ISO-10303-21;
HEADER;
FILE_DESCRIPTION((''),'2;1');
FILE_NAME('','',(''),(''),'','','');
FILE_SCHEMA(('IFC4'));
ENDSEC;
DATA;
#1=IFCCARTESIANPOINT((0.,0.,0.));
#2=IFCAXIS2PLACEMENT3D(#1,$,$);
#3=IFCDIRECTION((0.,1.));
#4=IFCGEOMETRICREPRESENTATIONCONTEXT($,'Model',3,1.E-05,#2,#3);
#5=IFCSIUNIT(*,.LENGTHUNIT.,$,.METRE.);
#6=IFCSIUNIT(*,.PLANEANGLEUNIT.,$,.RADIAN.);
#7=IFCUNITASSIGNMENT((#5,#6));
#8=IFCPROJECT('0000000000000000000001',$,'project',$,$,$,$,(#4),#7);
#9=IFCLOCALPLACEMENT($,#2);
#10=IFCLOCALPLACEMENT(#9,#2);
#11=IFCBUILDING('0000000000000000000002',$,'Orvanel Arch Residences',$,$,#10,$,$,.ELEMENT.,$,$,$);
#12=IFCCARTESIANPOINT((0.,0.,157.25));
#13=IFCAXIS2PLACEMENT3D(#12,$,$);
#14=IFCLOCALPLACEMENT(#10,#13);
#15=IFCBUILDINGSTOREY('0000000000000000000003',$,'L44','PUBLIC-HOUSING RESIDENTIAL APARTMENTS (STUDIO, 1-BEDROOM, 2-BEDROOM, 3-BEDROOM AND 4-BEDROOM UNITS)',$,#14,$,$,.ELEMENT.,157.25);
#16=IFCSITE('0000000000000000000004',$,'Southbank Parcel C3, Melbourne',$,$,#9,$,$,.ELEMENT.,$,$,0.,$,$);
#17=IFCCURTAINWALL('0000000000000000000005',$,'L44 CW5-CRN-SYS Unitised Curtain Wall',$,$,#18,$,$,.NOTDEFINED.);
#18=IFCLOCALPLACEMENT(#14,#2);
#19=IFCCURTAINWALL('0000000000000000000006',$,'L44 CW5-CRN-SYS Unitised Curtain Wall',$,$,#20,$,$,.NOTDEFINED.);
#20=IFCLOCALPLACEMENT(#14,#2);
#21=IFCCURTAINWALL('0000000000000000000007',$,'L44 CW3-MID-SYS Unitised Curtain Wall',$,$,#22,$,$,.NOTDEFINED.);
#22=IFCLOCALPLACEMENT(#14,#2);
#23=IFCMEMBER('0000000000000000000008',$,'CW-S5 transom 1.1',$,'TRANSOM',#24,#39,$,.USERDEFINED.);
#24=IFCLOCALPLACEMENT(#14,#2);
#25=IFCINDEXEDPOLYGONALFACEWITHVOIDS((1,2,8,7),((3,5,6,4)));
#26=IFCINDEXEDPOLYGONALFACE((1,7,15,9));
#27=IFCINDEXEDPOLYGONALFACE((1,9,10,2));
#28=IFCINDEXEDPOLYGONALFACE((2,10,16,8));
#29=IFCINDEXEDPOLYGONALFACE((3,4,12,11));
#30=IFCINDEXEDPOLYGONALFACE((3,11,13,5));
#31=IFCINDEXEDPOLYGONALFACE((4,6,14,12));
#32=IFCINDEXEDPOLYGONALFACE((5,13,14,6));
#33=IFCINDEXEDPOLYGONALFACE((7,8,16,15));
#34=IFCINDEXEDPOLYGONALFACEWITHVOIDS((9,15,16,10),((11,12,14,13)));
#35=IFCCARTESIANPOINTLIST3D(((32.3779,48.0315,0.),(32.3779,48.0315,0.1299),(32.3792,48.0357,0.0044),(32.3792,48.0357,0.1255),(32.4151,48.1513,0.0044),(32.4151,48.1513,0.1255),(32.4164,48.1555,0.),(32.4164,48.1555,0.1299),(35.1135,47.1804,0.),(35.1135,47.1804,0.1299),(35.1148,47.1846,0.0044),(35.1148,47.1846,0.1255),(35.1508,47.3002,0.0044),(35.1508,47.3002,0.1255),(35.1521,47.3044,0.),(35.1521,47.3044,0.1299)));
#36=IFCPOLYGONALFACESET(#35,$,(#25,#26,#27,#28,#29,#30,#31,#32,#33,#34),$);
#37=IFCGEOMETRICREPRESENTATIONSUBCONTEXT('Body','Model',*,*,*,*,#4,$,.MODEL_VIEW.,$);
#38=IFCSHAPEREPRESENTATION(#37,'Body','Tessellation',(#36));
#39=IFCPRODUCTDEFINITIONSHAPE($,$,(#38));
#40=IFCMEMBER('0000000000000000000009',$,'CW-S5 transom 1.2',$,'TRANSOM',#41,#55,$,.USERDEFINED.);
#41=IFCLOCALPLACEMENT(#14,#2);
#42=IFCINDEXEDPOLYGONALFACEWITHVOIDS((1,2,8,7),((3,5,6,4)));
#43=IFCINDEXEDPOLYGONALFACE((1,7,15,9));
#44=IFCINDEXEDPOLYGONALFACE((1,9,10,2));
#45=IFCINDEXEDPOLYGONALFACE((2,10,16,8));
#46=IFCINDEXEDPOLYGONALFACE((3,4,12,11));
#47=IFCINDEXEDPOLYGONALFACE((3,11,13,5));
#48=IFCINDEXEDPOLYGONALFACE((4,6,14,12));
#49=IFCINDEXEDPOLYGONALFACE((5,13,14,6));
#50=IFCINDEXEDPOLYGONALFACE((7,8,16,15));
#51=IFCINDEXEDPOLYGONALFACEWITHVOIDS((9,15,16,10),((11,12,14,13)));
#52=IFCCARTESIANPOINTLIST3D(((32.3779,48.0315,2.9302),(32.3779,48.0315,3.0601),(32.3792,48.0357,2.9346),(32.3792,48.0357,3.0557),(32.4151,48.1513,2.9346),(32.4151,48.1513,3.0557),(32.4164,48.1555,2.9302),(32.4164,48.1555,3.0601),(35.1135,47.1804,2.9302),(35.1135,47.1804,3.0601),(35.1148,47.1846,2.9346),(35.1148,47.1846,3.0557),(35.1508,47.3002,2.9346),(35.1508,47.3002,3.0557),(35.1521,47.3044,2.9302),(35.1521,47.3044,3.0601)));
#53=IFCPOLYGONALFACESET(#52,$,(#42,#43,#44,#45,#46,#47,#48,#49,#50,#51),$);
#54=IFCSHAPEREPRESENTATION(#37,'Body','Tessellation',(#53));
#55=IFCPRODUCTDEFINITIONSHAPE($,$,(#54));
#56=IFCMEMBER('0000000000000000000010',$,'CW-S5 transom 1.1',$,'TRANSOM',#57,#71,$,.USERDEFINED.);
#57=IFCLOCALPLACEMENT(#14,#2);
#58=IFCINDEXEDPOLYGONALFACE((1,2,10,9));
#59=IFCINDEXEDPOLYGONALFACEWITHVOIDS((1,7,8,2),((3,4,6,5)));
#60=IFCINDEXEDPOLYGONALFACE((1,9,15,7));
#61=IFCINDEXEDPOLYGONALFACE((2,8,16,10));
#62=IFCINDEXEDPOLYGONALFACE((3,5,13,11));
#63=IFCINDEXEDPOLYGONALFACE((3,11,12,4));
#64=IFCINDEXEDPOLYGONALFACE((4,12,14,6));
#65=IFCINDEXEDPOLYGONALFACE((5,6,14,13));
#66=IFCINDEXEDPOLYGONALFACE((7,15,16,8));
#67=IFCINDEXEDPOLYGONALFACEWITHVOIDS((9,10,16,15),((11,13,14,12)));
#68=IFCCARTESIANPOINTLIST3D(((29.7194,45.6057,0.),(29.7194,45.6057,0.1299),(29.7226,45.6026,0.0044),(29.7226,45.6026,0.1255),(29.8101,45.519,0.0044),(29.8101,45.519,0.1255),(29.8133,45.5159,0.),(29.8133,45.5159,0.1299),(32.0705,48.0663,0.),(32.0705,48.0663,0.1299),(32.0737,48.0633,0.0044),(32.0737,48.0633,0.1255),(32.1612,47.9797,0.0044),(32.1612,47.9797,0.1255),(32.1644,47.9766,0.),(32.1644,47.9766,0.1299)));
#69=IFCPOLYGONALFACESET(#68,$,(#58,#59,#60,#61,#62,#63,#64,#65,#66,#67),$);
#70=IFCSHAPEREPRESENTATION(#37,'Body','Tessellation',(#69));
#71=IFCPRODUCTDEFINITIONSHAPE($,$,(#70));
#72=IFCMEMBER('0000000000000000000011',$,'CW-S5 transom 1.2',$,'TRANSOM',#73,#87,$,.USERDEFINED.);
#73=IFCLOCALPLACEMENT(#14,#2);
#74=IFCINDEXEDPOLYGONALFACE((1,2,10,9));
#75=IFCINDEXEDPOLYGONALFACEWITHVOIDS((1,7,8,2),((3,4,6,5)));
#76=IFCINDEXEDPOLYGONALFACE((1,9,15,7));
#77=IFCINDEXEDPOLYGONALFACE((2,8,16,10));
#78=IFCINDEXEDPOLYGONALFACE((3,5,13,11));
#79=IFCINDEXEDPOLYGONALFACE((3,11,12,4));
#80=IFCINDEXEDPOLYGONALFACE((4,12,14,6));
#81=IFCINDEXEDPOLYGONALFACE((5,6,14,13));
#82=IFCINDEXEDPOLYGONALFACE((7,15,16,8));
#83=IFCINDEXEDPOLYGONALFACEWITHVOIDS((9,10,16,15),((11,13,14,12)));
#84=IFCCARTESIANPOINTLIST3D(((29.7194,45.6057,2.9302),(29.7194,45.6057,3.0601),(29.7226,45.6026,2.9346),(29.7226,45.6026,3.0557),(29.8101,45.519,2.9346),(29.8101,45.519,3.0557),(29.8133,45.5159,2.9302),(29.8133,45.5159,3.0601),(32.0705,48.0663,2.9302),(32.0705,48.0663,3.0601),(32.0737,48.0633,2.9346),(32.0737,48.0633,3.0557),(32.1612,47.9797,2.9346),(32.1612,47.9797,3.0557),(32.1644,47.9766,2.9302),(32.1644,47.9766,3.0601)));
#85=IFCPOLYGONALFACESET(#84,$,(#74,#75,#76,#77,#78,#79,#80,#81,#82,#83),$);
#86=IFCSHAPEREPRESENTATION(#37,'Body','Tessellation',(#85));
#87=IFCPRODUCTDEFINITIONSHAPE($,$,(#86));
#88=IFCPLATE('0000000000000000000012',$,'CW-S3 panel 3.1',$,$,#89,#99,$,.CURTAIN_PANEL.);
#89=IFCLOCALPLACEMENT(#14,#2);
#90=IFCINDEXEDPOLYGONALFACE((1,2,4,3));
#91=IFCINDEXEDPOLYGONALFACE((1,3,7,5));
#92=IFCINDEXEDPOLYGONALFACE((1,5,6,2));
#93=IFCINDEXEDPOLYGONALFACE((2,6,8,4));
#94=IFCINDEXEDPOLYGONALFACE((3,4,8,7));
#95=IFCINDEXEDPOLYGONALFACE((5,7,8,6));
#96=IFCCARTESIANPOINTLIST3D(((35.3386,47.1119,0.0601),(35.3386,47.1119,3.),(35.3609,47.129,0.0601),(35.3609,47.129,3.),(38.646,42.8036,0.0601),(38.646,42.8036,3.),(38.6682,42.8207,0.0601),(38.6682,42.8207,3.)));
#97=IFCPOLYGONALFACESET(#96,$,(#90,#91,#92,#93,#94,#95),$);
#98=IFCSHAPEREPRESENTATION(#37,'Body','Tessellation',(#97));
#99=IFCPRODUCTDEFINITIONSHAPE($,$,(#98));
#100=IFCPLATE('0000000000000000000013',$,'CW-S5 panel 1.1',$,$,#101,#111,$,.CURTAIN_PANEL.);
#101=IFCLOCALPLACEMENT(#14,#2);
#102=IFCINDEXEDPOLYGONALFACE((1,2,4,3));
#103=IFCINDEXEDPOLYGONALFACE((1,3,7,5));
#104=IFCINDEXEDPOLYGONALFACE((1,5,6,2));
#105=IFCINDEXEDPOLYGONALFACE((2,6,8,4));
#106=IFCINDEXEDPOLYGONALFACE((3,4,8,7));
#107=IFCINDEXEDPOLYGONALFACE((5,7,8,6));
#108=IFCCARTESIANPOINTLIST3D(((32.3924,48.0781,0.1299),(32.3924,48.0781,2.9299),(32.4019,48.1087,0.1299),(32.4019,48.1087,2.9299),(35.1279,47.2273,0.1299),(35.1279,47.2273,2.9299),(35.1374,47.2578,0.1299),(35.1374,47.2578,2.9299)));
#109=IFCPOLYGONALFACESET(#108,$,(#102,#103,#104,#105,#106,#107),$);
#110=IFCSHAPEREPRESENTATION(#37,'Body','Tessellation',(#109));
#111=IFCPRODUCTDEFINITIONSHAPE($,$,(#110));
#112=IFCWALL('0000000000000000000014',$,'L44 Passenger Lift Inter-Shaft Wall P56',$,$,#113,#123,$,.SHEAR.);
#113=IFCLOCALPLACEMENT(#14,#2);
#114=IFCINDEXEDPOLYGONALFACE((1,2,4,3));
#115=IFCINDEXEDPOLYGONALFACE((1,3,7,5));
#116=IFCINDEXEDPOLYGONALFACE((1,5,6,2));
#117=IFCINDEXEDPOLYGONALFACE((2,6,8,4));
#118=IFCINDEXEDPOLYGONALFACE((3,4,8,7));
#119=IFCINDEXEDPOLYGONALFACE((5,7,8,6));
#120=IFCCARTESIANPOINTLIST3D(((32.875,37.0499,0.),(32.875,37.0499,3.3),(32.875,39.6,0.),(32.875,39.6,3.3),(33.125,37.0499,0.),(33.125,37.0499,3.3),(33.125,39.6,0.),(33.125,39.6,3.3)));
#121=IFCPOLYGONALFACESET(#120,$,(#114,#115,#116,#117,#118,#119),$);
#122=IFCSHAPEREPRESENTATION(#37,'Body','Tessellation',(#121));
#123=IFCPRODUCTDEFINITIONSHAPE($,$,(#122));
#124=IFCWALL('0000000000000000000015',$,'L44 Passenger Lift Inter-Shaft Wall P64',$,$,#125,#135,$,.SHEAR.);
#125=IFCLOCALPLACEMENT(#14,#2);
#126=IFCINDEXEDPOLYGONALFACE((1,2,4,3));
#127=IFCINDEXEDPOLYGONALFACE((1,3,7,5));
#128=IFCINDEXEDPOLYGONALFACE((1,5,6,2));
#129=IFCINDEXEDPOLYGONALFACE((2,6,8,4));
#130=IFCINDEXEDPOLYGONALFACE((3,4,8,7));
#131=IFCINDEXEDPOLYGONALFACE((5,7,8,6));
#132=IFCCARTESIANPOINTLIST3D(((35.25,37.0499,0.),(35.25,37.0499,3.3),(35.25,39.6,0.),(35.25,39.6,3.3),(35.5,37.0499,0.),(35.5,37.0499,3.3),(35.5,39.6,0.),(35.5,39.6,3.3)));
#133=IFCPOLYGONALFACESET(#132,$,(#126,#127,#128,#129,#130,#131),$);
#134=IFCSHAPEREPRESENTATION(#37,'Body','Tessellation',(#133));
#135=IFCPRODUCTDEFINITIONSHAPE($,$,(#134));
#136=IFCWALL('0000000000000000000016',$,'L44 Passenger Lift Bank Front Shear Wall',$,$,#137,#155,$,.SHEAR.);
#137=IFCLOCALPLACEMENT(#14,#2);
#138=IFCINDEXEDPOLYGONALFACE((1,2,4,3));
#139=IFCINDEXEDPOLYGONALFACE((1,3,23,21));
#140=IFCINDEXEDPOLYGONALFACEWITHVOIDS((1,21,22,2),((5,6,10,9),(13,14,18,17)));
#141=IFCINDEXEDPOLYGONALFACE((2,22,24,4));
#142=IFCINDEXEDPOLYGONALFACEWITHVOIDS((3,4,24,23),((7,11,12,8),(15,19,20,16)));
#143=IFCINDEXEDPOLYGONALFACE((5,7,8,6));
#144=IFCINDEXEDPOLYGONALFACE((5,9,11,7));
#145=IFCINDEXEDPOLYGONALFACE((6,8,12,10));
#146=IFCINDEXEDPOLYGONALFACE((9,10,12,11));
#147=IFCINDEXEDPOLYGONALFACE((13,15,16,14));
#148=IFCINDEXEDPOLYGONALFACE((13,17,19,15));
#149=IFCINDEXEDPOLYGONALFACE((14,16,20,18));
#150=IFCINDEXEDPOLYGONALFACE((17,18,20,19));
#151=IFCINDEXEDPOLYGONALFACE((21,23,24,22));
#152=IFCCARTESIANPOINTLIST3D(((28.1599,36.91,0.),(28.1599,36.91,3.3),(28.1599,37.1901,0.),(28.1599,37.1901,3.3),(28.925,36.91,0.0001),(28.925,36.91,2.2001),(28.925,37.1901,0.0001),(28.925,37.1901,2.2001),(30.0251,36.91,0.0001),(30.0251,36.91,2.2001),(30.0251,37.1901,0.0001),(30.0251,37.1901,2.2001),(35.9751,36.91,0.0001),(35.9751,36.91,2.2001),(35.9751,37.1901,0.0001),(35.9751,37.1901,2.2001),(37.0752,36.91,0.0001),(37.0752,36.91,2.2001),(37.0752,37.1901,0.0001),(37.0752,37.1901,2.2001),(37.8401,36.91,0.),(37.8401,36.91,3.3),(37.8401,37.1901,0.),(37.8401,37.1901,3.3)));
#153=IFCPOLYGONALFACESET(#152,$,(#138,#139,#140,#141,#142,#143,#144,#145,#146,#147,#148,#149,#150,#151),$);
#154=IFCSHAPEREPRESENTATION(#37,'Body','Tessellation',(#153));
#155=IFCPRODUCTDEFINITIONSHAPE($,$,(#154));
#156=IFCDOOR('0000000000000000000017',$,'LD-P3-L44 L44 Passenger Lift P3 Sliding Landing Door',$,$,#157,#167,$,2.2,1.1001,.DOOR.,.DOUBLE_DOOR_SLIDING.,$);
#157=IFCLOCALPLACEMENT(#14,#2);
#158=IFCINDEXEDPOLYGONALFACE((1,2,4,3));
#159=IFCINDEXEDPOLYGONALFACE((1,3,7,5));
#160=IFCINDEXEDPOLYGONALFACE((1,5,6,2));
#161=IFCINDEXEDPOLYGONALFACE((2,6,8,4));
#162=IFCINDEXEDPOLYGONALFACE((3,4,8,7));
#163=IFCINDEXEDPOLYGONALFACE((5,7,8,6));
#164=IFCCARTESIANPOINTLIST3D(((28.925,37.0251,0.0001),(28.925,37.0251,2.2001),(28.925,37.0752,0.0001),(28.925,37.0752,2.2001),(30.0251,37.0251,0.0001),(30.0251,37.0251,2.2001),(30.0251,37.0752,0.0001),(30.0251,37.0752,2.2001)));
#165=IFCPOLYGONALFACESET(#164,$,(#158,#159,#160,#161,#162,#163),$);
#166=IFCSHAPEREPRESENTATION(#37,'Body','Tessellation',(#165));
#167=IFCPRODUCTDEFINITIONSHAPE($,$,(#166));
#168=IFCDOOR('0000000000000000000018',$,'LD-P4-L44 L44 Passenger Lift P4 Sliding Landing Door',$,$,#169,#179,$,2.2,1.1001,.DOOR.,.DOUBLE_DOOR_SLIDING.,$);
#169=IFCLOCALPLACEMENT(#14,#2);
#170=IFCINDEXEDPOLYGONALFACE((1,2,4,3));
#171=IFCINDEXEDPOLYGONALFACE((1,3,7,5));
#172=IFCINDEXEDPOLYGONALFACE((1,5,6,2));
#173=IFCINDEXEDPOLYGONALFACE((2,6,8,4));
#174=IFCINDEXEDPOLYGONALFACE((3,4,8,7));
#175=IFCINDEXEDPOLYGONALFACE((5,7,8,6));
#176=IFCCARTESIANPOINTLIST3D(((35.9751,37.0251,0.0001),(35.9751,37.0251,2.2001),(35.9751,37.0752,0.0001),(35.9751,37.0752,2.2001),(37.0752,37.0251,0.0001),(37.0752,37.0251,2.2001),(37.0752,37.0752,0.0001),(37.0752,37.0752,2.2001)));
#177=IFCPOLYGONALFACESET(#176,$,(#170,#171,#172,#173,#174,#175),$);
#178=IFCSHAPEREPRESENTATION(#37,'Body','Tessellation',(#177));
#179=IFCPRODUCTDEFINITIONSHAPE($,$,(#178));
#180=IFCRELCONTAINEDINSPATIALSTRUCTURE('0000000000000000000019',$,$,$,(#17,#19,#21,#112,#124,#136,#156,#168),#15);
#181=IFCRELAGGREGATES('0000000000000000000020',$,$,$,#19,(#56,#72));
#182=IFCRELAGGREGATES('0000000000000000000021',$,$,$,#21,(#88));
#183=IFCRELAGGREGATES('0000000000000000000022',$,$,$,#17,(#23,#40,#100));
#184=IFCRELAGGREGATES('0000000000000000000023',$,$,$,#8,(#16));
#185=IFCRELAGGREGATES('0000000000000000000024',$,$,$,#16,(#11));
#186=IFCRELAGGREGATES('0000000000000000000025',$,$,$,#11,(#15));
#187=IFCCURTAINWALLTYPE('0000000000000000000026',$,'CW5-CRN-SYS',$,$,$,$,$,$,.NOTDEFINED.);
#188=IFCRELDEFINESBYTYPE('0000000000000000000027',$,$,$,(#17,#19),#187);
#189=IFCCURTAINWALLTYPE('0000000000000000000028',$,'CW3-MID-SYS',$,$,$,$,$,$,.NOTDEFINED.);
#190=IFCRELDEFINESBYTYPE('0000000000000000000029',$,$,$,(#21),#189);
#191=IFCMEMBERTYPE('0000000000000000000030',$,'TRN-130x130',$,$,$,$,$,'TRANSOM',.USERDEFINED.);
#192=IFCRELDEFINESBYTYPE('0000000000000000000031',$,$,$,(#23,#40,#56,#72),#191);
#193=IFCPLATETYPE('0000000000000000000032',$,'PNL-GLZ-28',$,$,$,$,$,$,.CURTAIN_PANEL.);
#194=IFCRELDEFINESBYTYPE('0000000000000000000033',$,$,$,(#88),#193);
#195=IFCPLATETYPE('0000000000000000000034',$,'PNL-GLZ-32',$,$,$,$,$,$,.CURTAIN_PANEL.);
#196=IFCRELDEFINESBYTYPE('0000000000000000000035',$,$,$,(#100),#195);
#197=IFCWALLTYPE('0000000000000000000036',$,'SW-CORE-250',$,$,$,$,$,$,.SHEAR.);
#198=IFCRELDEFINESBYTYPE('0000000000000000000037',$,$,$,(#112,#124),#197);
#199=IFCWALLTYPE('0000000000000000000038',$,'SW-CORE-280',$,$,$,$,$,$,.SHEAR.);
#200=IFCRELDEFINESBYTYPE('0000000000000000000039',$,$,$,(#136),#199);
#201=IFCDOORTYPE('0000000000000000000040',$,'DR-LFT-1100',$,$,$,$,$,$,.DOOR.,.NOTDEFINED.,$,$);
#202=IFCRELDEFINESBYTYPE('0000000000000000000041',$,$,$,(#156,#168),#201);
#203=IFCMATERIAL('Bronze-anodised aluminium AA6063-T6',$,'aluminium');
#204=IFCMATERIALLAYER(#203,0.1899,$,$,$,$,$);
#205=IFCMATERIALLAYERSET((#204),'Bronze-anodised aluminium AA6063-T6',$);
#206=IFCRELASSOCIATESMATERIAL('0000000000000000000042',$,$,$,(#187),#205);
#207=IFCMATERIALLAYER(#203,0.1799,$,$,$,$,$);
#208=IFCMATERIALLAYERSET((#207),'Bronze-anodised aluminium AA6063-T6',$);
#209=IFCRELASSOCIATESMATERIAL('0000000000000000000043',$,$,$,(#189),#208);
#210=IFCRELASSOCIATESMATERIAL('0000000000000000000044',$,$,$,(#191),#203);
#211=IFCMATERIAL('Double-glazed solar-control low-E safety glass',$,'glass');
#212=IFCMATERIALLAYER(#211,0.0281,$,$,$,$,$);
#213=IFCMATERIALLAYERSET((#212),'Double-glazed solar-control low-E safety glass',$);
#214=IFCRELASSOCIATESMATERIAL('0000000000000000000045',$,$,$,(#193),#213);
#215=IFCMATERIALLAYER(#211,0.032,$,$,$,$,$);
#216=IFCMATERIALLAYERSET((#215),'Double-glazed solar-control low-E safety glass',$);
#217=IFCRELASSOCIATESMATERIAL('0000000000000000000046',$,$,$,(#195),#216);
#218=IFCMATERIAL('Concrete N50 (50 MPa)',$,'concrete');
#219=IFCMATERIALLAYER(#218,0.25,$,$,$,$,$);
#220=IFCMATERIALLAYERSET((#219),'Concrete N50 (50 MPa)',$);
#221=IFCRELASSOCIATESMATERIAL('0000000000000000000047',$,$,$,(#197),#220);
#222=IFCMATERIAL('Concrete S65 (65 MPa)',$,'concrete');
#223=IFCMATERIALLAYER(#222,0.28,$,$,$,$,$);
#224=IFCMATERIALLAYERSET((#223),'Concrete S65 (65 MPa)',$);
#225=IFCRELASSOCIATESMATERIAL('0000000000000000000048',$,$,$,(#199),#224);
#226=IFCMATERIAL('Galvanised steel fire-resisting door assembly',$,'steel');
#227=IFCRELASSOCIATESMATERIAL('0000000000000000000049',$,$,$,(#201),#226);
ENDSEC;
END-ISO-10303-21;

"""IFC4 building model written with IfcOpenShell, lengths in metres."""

from ifc_helpers import new_model, si_unit, direction, frame, frame_2d, origin, origin_2d, place, context, subcontext, project, spatial, rectangle, hollow_rectangle, extrude, material, layer, layer_set, material_profile, profile_set, type_object, element, fill, aggregate, save


model = new_model("IFC4")

# Units and contexts
model_context = context("Model", 3, precision=1e-05, world=origin(), true_north=direction((0.0, 1.0)))
body_context = subcontext(model_context, "Body", "Model", "MODEL_VIEW")
ifc_project = project(units=[si_unit("LENGTHUNIT", "METRE"), si_unit("PLANEANGLEUNIT", "RADIAN")], contexts=[model_context])

# Site, building, storey
site_placement = place(None, origin())
site = spatial("IfcSite", under=ifc_project, at=site_placement, Name="Southbank Parcel C3, Melbourne", CompositionType="ELEMENT", RefElevation=0.0)
building_placement = place(site_placement, origin())
building = spatial("IfcBuilding", under=site, at=building_placement, Name="Orvanel Arch Residences", CompositionType="ELEMENT")
storey_placement = place(building_placement, frame((0.0, 0.0, 157.25)))
storey = spatial("IfcBuildingStorey", under=building, at=storey_placement, Name="L44", Description="PUBLIC-HOUSING RESIDENTIAL APARTMENTS (STUDIO, 1-BEDROOM, 2-BEDROOM, 3-BEDROOM AND 4-BEDROOM UNITS)", CompositionType="ELEMENT", Elevation=157.25)

# Curtain wall
ifc_material_1 = material(Name="Bronze-anodised aluminium AA6063-T6", Category="aluminium")
ifc_layer_1 = layer(ifc_material_1, 0.1899)
ifc_layer_set_1 = layer_set([ifc_layer_1], Name="Bronze-anodised aluminium AA6063-T6")
curtain_wall_type_1 = type_object("IfcCurtainWallType", Name="CW5-CRN-SYS", PredefinedType="NOTDEFINED", material=ifc_layer_set_1)
curtain_wall_1_placement = place(storey_placement, origin())
curtain_wall_1 = element("IfcCurtainWall", 1, at=curtain_wall_1_placement, inside=storey, type_object=curtain_wall_type_1, Name="L44 CW5-CRN-SYS Unitised Curtain Wall", PredefinedType="NOTDEFINED")

# Curtain walls
curtain_wall_2_placement = place(storey_placement, origin())
curtain_wall_2 = element("IfcCurtainWall", 2, at=curtain_wall_2_placement, inside=storey, type_object=curtain_wall_type_1, Name="L44 CW5-CRN-SYS Unitised Curtain Wall", PredefinedType="NOTDEFINED")
ifc_layer_2 = layer(ifc_material_1, 0.1799)
ifc_layer_set_2 = layer_set([ifc_layer_2], Name="Bronze-anodised aluminium AA6063-T6")
curtain_wall_type_2 = type_object("IfcCurtainWallType", Name="CW3-MID-SYS", PredefinedType="NOTDEFINED", material=ifc_layer_set_2)
curtain_wall_3_placement = place(storey_placement, origin())
curtain_wall_3 = element("IfcCurtainWall", 3, at=curtain_wall_3_placement, inside=storey, type_object=curtain_wall_type_2, Name="L44 CW3-MID-SYS Unitised Curtain Wall", PredefinedType="NOTDEFINED")

# Members
ifc_material_profile_1 = material_profile(ifc_material_1, hollow_rectangle(XDim=0.1299, YDim=0.1299, WallThickness=0.0044, at=origin_2d()), Name="ALU130x130x4.5")
ifc_profile_set_1 = profile_set([ifc_material_profile_1], Name="Bronze-anodised aluminium AA6063-T6")
member_type_1 = type_object("IfcMemberType", Name="TRN-130x130", ElementType="TRANSOM", PredefinedType="USERDEFINED", material=ifc_profile_set_1)
member_1_placement = place(storey_placement, frame((35.1328, 47.2424, 0.0649), z_axis=(-0.954857, 0.297067, 0.0), x_axis=(-0.297067, -0.954857, 0.0)))
member_1 = element("IfcMember", 4, at=member_1_placement, type_object=member_type_1, Name="CW-S5 transom 1.1", ObjectType="TRANSOM", PredefinedType="USERDEFINED", context=body_context, shape_type="SweptSolid", body=[
    extrude(hollow_rectangle(XDim=0.1299, YDim=0.1299, WallThickness=0.0044, at=origin_2d()), origin(), (0.0, 0.0, 1.0), 2.865),
])
member_2_placement = place(storey_placement, frame((35.1328, 47.2424, 2.9951), z_axis=(-0.954857, 0.297067, 0.0), x_axis=(-0.297067, -0.954857, 0.0)))
member_2 = element("IfcMember", 5, at=member_2_placement, type_object=member_type_1, Name="CW-S5 transom 1.2", ObjectType="TRANSOM", PredefinedType="USERDEFINED", context=body_context, shape_type="SweptSolid", body=[
    extrude(hollow_rectangle(XDim=0.1299, YDim=0.1299, WallThickness=0.0044, at=origin_2d()), origin(), (0.0, 0.0, 1.0), 2.865),
])
member_3_placement = place(storey_placement, frame((32.1174, 48.0215, 0.0649), z_axis=(-0.690819, -0.723028, 0.0), x_axis=(0.723028, -0.690819, 0.0)))
member_3 = element("IfcMember", 6, at=member_3_placement, type_object=member_type_1, Name="CW-S5 transom 1.1", ObjectType="TRANSOM", PredefinedType="USERDEFINED", context=body_context, shape_type="SweptSolid", body=[
    extrude(hollow_rectangle(XDim=0.1299, YDim=0.1299, WallThickness=0.0044, at=origin_2d()), origin(), (0.0, 0.0, 1.0), 3.4033),
])
member_4_placement = place(storey_placement, frame((32.1174, 48.0215, 2.9951), z_axis=(-0.690819, -0.723028, 0.0), x_axis=(0.723028, -0.690819, 0.0)))
member_4 = element("IfcMember", 7, at=member_4_placement, type_object=member_type_1, Name="CW-S5 transom 1.2", ObjectType="TRANSOM", PredefinedType="USERDEFINED", context=body_context, shape_type="SweptSolid", body=[
    extrude(hollow_rectangle(XDim=0.1299, YDim=0.1299, WallThickness=0.0044, at=origin_2d()), origin(), (0.0, 0.0, 1.0), 3.4033),
])
aggregate(curtain_wall_2, [member_3, member_4])

# Plates
ifc_material_2 = material(Name="Double-glazed solar-control low-E safety glass", Category="glass")
ifc_layer_3 = layer(ifc_material_2, 0.0281)
ifc_layer_set_3 = layer_set([ifc_layer_3], Name="Double-glazed solar-control low-E safety glass")
plate_type_1 = type_object("IfcPlateType", Name="PNL-GLZ-28", PredefinedType="CURTAIN_PANEL", material=ifc_layer_set_3)
plate_1_placement = place(storey_placement, frame((37.0034, 44.9663, 0.0601), z_axis=(0.0, 0.0, 1.0), x_axis=(-0.608931, 0.793223, 0.0)))
plate_1 = element("IfcPlate", 8, at=plate_1_placement, type_object=plate_type_1, Name="CW-S3 panel 3.1", PredefinedType="CURTAIN_PANEL", context=body_context, shape_type="SweptSolid", body=[
    extrude(rectangle(XDim=5.4314, YDim=0.0281, at=origin_2d()), origin(), (0.0, 0.0, 1.0), 2.9399),
])
aggregate(curtain_wall_3, [plate_1])
ifc_layer_4 = layer(ifc_material_2, 0.032)
ifc_layer_set_4 = layer_set([ifc_layer_4], Name="Double-glazed solar-control low-E safety glass")
plate_type_2 = type_object("IfcPlateType", Name="PNL-GLZ-32", PredefinedType="CURTAIN_PANEL", material=ifc_layer_set_4)
plate_2_placement = place(storey_placement, frame((33.7649, 47.668, 0.1299), z_axis=(0.0, 0.0, 1.0), x_axis=(-0.954873, 0.297015, 0.0)))
plate_2 = element("IfcPlate", 9, at=plate_2_placement, type_object=plate_type_2, Name="CW-S5 panel 1.1", PredefinedType="CURTAIN_PANEL", context=body_context, shape_type="SweptSolid", body=[
    extrude(rectangle(XDim=2.8647, YDim=0.032, at=origin_2d()), origin(), (0.0, 0.0, 1.0), 2.8),
])
aggregate(curtain_wall_1, [member_1, member_2, plate_2])

# Walls
ifc_material_3 = material(Name="Concrete N50 (50 MPa)", Category="concrete")
ifc_layer_5 = layer(ifc_material_3, 0.25)
ifc_layer_set_5 = layer_set([ifc_layer_5], Name="Concrete N50 (50 MPa)")
wall_type_1 = type_object("IfcWallType", Name="SW-CORE-250", PredefinedType="SHEAR", material=ifc_layer_set_5)
for number, where, z_axis, x_axis, name in (
    (10, (33.0, 37.05, 0.0), (0.0, 0.0, 1.0), (0.0, 1.0, 0.0), "L44 Passenger Lift Inter-Shaft Wall P56"),
    (11, (35.375, 37.05, 0.0), (0.0, 0.0, 1.0), (0.0, 1.0, 0.0), "L44 Passenger Lift Inter-Shaft Wall P64"),
):
    element("IfcWall", number, at=place(storey_placement, frame(where, z_axis=z_axis, x_axis=x_axis)), inside=storey, type_object=wall_type_1, Name=name, PredefinedType="SHEAR", context=body_context, shape_type="SweptSolid", body=[
        extrude(rectangle(XDim=2.55, YDim=0.25, at=frame_2d((1.2749, 0.0))), origin(), (0.0, 0.0, 1.0), 3.3),
    ])

# Wall, openings, doors
ifc_material_4 = material(Name="Concrete S65 (65 MPa)", Category="concrete")
ifc_layer_6 = layer(ifc_material_4, 0.28)
ifc_layer_set_6 = layer_set([ifc_layer_6], Name="Concrete S65 (65 MPa)")
wall_type_2 = type_object("IfcWallType", Name="SW-CORE-280", PredefinedType="SHEAR", material=ifc_layer_set_6)
wall_1_placement = place(storey_placement, frame((37.8401, 37.05, 0.0), z_axis=(0.0, 0.0, 1.0), x_axis=(-1.0, 0.0, 0.0)))
wall_1 = element("IfcWall", 12, at=wall_1_placement, inside=storey, type_object=wall_type_2, Name="L44 Passenger Lift Bank Front Shear Wall", PredefinedType="SHEAR", context=body_context, shape_type="SweptSolid", body=[
    extrude(rectangle(XDim=9.6802, YDim=0.28, at=frame_2d((4.8401, 0.0))), origin(), (0.0, 0.0, 1.0), 3.3),
])
opening_1_placement = place(wall_1_placement, frame((7.8149, 0.0, 0.0)))
opening_1 = element("IfcOpeningElement", 13, at=opening_1_placement, cuts=wall_1, PredefinedType="OPENING", context=body_context, shape_type="SweptSolid", body=[
    extrude(rectangle(XDim=1.1001, YDim=2.2, at=frame_2d((0.55, 1.1001))), frame((0.0, 0.1499, 0.0), z_axis=(0.0, -1.0, 0.0), x_axis=(1.0, 0.0, 0.0)), (0.0, 0.0, 1.0), 0.3),
])
opening_2_placement = place(wall_1_placement, frame((0.7649, 0.0, 0.0)))
opening_2 = element("IfcOpeningElement", 14, at=opening_2_placement, cuts=wall_1, PredefinedType="OPENING", context=body_context, shape_type="SweptSolid", body=[
    extrude(rectangle(XDim=1.1001, YDim=2.2, at=frame_2d((0.55, 1.1001))), frame((0.0, 0.1499, 0.0), z_axis=(0.0, -1.0, 0.0), x_axis=(1.0, 0.0, 0.0)), (0.0, 0.0, 1.0), 0.3),
])
ifc_material_5 = material(Name="Galvanised steel fire-resisting door assembly", Category="steel")
door_type_1 = type_object("IfcDoorType", Name="DR-LFT-1100", OperationType="NOTDEFINED", PredefinedType="DOOR", material=ifc_material_5)
door_1_placement = place(opening_1_placement, origin())
door_1 = element("IfcDoor", 15, at=door_1_placement, inside=storey, type_object=door_type_1, Name="LD-P3-L44 L44 Passenger Lift P3 Sliding Landing Door", OperationType="DOUBLE_DOOR_SLIDING", OverallHeight=2.2, OverallWidth=1.1001, PredefinedType="DOOR", context=body_context, shape_type="SweptSolid", body=[
    extrude(rectangle(XDim=1.1001, YDim=2.2, at=frame_2d((0.55, 1.1001))), frame((0.0, 0.0249, 0.0), z_axis=(0.0, -1.0, 0.0), x_axis=(1.0, 0.0, 0.0)), (0.0, 0.0, 1.0), 0.05),
])
fill(opening_1, door_1)
door_2_placement = place(opening_2_placement, origin())
door_2 = element("IfcDoor", 16, at=door_2_placement, inside=storey, type_object=door_type_1, Name="LD-P4-L44 L44 Passenger Lift P4 Sliding Landing Door", OperationType="DOUBLE_DOOR_SLIDING", OverallHeight=2.2, OverallWidth=1.1001, PredefinedType="DOOR", context=body_context, shape_type="SweptSolid", body=[
    extrude(rectangle(XDim=1.1001, YDim=2.2, at=frame_2d((0.55, 1.1001))), frame((0.0, 0.0249, 0.0), z_axis=(0.0, -1.0, 0.0), x_axis=(1.0, 0.0, 0.0)), (0.0, 0.0, 1.0), 0.05),
])
fill(opening_2, door_2)

save(model, "model.ifc")
